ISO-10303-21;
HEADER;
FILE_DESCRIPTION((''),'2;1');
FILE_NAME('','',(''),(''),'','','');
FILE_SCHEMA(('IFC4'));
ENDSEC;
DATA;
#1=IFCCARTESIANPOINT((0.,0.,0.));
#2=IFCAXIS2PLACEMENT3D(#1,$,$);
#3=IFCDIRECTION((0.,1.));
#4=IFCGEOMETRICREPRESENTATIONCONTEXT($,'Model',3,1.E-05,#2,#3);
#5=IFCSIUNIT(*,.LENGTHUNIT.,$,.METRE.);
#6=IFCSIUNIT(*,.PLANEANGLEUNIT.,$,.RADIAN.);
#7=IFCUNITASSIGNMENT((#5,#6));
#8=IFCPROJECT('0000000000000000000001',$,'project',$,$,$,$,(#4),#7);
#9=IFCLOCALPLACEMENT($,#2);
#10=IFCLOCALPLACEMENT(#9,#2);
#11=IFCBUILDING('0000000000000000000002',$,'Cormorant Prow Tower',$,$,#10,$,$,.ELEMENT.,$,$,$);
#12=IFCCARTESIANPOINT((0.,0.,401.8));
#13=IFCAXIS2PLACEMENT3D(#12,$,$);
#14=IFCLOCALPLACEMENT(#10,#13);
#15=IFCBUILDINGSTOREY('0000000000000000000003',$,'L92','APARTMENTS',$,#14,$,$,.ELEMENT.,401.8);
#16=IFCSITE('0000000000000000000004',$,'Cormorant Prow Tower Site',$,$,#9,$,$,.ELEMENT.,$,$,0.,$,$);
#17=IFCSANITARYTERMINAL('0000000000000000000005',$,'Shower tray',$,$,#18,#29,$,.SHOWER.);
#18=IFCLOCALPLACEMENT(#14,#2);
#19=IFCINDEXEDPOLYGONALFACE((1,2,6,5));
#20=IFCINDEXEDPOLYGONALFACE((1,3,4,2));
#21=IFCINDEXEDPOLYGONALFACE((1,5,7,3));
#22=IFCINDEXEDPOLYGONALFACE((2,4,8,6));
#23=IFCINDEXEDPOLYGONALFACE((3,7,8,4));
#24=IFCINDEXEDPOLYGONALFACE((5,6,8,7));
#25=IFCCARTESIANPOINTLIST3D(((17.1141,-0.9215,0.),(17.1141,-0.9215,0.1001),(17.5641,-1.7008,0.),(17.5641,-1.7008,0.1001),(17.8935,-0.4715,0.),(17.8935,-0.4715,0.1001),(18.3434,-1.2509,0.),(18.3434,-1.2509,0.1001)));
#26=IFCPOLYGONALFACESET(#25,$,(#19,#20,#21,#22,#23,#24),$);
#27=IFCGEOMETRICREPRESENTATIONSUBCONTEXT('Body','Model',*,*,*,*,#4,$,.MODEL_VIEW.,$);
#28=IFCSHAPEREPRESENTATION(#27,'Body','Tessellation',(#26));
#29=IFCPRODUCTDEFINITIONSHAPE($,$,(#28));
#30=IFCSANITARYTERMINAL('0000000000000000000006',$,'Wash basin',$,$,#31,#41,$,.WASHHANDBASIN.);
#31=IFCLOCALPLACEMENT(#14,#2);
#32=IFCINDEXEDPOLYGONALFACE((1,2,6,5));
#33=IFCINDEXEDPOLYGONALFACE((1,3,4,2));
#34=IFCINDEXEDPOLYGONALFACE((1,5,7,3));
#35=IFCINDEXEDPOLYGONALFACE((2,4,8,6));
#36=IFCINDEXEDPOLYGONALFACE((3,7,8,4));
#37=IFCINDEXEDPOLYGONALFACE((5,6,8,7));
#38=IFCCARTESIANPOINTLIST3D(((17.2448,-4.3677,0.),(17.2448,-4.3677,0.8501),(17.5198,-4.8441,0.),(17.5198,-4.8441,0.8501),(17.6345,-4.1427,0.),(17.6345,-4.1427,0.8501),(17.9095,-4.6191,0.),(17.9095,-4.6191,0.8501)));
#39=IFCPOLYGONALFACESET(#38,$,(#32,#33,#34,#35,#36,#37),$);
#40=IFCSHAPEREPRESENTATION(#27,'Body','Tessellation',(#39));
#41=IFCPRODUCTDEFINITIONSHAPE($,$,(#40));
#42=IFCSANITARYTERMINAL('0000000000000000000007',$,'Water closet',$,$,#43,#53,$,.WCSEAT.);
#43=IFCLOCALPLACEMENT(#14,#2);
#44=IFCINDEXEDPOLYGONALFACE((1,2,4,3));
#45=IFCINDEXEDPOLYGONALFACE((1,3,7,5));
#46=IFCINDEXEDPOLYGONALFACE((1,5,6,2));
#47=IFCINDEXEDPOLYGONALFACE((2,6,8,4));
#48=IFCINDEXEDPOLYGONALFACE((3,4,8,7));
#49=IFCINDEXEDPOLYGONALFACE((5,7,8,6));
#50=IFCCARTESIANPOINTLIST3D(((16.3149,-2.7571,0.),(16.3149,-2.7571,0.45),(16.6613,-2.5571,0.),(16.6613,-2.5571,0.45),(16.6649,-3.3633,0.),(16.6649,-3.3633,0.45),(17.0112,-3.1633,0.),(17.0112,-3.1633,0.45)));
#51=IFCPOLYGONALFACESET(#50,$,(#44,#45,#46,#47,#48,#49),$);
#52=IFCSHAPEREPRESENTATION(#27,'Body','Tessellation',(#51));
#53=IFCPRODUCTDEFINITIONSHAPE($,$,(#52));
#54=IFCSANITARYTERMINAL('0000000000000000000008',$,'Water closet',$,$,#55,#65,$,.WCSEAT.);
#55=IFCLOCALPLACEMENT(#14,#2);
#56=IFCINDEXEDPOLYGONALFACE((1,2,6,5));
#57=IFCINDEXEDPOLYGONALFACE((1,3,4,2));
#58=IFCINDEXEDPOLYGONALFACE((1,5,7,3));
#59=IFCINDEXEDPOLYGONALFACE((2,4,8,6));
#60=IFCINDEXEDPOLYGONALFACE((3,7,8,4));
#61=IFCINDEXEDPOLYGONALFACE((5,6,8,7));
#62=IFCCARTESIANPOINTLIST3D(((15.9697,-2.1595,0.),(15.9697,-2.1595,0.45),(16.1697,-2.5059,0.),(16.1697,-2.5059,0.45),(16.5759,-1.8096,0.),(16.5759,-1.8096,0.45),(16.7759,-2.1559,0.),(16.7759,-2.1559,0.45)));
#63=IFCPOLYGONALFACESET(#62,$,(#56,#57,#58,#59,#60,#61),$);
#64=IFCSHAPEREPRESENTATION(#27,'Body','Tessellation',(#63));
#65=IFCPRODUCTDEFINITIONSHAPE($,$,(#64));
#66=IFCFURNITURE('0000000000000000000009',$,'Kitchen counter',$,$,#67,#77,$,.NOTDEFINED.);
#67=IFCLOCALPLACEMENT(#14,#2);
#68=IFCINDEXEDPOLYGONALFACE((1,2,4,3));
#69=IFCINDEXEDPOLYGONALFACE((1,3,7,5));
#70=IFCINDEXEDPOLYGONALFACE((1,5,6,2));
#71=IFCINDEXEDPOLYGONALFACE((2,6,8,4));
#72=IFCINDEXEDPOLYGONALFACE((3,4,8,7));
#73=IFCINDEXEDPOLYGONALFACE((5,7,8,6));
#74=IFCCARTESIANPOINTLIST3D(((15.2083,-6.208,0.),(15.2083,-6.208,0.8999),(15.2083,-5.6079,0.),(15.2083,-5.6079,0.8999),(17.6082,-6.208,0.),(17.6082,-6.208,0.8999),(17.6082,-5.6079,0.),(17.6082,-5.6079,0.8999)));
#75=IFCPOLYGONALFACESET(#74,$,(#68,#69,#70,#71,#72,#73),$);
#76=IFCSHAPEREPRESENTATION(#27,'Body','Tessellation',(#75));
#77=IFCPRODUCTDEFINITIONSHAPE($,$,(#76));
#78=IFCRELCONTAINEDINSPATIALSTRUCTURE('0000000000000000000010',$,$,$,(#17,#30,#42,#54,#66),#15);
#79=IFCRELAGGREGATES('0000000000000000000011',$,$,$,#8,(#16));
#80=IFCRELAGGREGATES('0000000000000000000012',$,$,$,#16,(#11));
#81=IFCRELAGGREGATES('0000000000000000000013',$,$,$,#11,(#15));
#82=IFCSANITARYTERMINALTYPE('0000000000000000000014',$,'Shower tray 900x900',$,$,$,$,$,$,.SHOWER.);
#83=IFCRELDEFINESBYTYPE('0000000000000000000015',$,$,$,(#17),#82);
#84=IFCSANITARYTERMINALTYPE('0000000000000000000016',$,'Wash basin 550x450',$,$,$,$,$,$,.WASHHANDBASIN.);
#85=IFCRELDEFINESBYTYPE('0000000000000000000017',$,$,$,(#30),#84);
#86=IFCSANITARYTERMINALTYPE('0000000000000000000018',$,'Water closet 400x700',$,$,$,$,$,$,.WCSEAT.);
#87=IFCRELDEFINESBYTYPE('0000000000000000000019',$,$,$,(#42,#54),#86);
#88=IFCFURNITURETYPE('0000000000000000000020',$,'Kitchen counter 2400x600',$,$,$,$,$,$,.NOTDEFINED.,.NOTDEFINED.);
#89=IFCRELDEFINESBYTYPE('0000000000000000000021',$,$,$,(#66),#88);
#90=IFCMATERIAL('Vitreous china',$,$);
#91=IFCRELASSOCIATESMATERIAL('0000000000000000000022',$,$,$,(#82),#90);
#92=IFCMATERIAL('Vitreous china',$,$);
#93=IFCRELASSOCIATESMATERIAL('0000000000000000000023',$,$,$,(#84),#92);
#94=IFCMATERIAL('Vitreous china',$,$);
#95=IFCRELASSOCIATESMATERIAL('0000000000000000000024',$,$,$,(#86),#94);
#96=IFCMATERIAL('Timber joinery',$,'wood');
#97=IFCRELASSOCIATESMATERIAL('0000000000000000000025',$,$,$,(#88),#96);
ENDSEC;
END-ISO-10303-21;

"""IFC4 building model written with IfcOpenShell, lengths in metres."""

from ifc_helpers import new_model, si_unit, direction, frame, origin, origin_2d, place, context, subcontext, project, spatial, rectangle, extrude, material, type_object, element, save


model = new_model("IFC4")

# Units and contexts
model_context = context("Model", 3, precision=1e-05, world=origin(), true_north=direction((0.0, 1.0)))
body_context = subcontext(model_context, "Body", "Model", "MODEL_VIEW")
ifc_project = project(units=[si_unit("LENGTHUNIT", "METRE"), si_unit("PLANEANGLEUNIT", "RADIAN")], contexts=[model_context])

# Site, building, storey
site_placement = place(None, origin())
site = spatial("IfcSite", under=ifc_project, at=site_placement, Name="Cormorant Prow Tower Site", CompositionType="ELEMENT", RefElevation=0.0)
building_placement = place(site_placement, origin())
building = spatial("IfcBuilding", under=site, at=building_placement, Name="Cormorant Prow Tower", CompositionType="ELEMENT")
storey_placement = place(building_placement, frame((0.0, 0.0, 401.8)))
storey = spatial("IfcBuildingStorey", under=building, at=storey_placement, Name="L92", Description="APARTMENTS", CompositionType="ELEMENT", Elevation=401.8)

# Sanitary terminals
ifc_material_1 = material(Name="Vitreous china")
sanitary_terminal_type_1 = type_object("IfcSanitaryTerminalType", Name="Shower tray 900x900", PredefinedType="SHOWER", material=ifc_material_1)
for number, where, z_axis, x_axis, name in (
    (1, (17.7288, -1.0862, 0.0), (0.0, 0.0, 1.0), (-0.866025, -0.5, 0.0), "Shower tray"),
):
    element("IfcSanitaryTerminal", number, at=place(storey_placement, frame(where, z_axis=z_axis, x_axis=x_axis)), inside=storey, type_object=sanitary_terminal_type_1, Name=name, PredefinedType="SHOWER", context=body_context, shape_type="SweptSolid", body=[
        extrude(rectangle(XDim=0.8999, YDim=0.8999, at=origin_2d()), origin(), (0.0, 0.0, 1.0), 0.1001),
    ])
ifc_material_2 = material(Name="Vitreous china")
sanitary_terminal_type_2 = type_object("IfcSanitaryTerminalType", Name="Wash basin 550x450", PredefinedType="WASHHANDBASIN", material=ifc_material_2)
sanitary_terminal_placement = place(storey_placement, frame((17.5771, -4.4934, 0.0), z_axis=(0.0, 0.0, 1.0), x_axis=(-0.5, 0.866025, 0.0)))
element("IfcSanitaryTerminal", 2, at=sanitary_terminal_placement, inside=storey, type_object=sanitary_terminal_type_2, Name="Wash basin", PredefinedType="WASHHANDBASIN", context=body_context, shape_type="SweptSolid", body=[
    extrude(rectangle(XDim=0.55, YDim=0.45, at=origin_2d()), origin(), (0.0, 0.0, 1.0), 0.8501),
])
ifc_material_3 = material(Name="Vitreous china")
sanitary_terminal_type_3 = type_object("IfcSanitaryTerminalType", Name="Water closet 400x700", PredefinedType="WCSEAT", material=ifc_material_3)
for number, where, z_axis, x_axis, name in (
    (3, (16.6631, -2.9602, 0.0), (0.0, 0.0, 1.0), (0.866025, 0.5, 0.0), "Water closet"),
    (4, (16.3728, -2.1577, 0.0), (0.0, 0.0, 1.0), (-0.5, 0.866025, 0.0), "Water closet"),
):
    element("IfcSanitaryTerminal", number, at=place(storey_placement, frame(where, z_axis=z_axis, x_axis=x_axis)), inside=storey, type_object=sanitary_terminal_type_3, Name=name, PredefinedType="WCSEAT", context=body_context, shape_type="SweptSolid", body=[
        extrude(rectangle(XDim=0.3999, YDim=0.7, at=origin_2d()), origin(), (0.0, 0.0, 1.0), 0.45),
    ])

# Furniture
ifc_material_4 = material(Name="Timber joinery", Category="wood")
furniture_type = type_object("IfcFurnitureType", Name="Kitchen counter 2400x600", AssemblyPlace="NOTDEFINED", PredefinedType="NOTDEFINED", material=ifc_material_4)
furniture_placement = place(storey_placement, frame((16.4082, -5.908, 0.0), z_axis=(0.0, 0.0, 1.0), x_axis=(1.0, 0.0, 0.0)))
element("IfcFurniture", 5, at=furniture_placement, inside=storey, type_object=furniture_type, Name="Kitchen counter", PredefinedType="NOTDEFINED", context=body_context, shape_type="SweptSolid", body=[
    extrude(rectangle(XDim=2.3999, YDim=0.6001, at=origin_2d()), origin(), (0.0, 0.0, 1.0), 0.8999),
])

save(model, "model.ifc")
